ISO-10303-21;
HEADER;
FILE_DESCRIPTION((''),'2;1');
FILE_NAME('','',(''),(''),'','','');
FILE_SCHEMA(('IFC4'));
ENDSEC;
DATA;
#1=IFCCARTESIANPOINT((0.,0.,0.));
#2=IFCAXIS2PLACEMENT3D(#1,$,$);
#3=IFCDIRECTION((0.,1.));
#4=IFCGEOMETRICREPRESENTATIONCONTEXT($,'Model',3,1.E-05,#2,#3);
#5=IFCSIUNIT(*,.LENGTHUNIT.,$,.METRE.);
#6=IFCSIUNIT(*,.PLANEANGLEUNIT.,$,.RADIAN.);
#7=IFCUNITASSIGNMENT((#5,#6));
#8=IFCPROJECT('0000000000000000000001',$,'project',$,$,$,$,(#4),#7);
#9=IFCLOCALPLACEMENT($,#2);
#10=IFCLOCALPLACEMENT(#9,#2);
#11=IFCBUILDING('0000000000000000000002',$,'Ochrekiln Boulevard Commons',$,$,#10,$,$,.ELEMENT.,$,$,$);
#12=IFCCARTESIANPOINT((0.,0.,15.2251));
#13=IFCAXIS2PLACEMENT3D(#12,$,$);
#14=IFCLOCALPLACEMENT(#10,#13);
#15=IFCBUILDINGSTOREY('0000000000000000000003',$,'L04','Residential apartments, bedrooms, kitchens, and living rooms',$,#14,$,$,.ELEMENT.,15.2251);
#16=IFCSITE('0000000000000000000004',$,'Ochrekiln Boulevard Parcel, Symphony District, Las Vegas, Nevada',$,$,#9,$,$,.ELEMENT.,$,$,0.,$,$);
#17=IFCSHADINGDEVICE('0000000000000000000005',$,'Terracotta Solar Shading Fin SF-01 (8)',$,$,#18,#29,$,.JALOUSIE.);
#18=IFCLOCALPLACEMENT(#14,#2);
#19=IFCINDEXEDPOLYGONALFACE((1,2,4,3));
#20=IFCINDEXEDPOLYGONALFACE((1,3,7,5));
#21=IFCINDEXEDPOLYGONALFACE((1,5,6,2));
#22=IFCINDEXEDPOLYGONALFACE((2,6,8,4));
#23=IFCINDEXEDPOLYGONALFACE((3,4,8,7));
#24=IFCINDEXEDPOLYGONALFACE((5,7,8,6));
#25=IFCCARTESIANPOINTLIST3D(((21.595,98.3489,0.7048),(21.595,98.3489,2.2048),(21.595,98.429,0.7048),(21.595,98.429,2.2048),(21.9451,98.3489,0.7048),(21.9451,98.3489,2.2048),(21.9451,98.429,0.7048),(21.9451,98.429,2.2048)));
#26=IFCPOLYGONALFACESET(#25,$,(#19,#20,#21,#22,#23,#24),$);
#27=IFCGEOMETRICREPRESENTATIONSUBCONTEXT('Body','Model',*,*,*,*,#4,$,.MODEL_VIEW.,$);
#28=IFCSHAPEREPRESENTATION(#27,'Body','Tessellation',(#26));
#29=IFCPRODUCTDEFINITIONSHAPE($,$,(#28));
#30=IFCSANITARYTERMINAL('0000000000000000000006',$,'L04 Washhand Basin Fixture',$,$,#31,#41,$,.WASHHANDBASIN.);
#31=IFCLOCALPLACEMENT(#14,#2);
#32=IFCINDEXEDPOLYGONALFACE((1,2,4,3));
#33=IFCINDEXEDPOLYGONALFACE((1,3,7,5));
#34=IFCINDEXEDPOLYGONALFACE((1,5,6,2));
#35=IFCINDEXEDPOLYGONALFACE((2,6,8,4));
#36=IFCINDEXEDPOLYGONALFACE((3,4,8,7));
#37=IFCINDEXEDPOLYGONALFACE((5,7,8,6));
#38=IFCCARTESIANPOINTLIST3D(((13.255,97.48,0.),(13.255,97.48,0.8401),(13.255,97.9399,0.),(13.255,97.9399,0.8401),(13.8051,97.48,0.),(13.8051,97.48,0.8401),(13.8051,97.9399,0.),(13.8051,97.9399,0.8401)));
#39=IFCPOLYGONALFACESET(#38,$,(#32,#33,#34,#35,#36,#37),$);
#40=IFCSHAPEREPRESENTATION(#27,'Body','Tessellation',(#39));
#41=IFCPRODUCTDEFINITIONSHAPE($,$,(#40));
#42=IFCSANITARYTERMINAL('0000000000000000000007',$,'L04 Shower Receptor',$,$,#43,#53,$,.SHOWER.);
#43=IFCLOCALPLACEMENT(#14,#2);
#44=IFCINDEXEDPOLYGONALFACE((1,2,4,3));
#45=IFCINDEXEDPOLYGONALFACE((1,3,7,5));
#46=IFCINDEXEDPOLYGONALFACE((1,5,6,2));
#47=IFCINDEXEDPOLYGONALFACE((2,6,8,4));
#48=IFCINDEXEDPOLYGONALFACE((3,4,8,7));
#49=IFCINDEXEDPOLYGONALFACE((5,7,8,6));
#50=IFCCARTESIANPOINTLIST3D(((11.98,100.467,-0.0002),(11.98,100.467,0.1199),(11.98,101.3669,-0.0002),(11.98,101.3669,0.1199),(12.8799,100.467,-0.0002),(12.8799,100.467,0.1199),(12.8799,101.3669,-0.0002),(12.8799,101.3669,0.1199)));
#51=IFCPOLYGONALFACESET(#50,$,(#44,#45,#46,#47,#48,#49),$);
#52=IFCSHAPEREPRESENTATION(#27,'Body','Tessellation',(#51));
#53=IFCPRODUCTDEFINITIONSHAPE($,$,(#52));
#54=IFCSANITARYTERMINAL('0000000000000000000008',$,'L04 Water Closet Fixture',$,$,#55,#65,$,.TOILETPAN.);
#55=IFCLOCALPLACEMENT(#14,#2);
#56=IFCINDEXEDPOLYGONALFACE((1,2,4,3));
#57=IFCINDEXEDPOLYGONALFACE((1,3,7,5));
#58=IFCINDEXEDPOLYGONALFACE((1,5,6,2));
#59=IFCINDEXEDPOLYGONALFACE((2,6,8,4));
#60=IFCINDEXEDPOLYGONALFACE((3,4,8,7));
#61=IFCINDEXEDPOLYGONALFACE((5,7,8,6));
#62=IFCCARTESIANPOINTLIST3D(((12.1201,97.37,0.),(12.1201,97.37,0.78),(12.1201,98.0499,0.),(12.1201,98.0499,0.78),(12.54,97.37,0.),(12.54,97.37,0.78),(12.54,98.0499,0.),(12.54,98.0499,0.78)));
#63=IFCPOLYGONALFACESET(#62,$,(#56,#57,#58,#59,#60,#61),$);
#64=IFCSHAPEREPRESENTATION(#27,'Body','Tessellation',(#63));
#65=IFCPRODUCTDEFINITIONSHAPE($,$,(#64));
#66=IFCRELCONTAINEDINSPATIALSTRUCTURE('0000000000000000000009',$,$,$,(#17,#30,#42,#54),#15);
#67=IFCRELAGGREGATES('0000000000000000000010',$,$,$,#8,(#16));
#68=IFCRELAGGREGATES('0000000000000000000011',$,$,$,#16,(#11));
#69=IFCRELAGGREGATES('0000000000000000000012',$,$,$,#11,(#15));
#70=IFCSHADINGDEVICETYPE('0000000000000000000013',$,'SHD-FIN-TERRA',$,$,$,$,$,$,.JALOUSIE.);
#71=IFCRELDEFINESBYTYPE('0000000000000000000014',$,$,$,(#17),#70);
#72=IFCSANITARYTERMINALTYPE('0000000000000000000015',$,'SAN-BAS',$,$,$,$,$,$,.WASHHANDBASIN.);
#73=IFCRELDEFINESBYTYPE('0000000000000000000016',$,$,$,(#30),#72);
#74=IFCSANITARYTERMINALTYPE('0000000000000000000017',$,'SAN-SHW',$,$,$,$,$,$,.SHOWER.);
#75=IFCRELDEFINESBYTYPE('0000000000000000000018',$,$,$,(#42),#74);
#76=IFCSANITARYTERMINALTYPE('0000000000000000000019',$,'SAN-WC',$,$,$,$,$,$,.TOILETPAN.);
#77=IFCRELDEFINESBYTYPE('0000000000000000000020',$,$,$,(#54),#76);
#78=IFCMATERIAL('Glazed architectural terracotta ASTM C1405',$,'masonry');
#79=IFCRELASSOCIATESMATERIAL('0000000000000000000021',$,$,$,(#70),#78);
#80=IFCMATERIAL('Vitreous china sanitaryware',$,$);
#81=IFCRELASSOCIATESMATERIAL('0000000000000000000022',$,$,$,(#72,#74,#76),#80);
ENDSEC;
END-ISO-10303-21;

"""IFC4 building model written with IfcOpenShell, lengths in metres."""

from ifc_helpers import new_model, si_unit, direction, frame, origin, origin_2d, place, context, subcontext, project, spatial, rectangle, extrude, material, type_object, element, save


model = new_model("IFC4")

# Units and contexts
model_context = context("Model", 3, precision=1e-05, world=origin(), true_north=direction((0.0, 1.0)))
body_context = subcontext(model_context, "Body", "Model", "MODEL_VIEW")
ifc_project = project(units=[si_unit("LENGTHUNIT", "METRE"), si_unit("PLANEANGLEUNIT", "RADIAN")], contexts=[model_context])

# Site, building, storey
site_placement = place(None, origin())
site = spatial("IfcSite", under=ifc_project, at=site_placement, Name="Ochrekiln Boulevard Parcel, Symphony District, Las Vegas, Nevada", CompositionType="ELEMENT", RefElevation=0.0)
building_placement = place(site_placement, origin())
building = spatial("IfcBuilding", under=site, at=building_placement, Name="Ochrekiln Boulevard Commons", CompositionType="ELEMENT")
storey_placement = place(building_placement, frame((0.0, 0.0, 15.2251)))
storey = spatial("IfcBuildingStorey", under=building, at=storey_placement, Name="L04", Description="Residential apartments, bedrooms, kitchens, and living rooms", CompositionType="ELEMENT", Elevation=15.2251)

# Shared definitions
ifc_material_1 = material(Name="Glazed architectural terracotta ASTM C1405", Category="masonry")

# Shading device
shading_device_type = type_object("IfcShadingDeviceType", Name="SHD-FIN-TERRA", PredefinedType="JALOUSIE", material=ifc_material_1)
shading_device_placement = place(storey_placement, frame((21.77, 98.3889, 0.7048), z_axis=(0.0, 0.0, 1.0), x_axis=(1.0, 0.0, 0.0)))
element("IfcShadingDevice", 1, at=shading_device_placement, inside=storey, type_object=shading_device_type, Name="Terracotta Solar Shading Fin SF-01 (8)", PredefinedType="JALOUSIE", context=body_context, shape_type="SweptSolid", body=[
    extrude(rectangle(XDim=0.3501, YDim=0.0801, at=origin_2d()), origin(), (0.0, 0.0, 1.0), 1.5),
])

# Sanitary terminals
ifc_material_2 = material(Name="Vitreous china sanitaryware")
sanitary_terminal_type_1 = type_object("IfcSanitaryTerminalType", Name="SAN-BAS", PredefinedType="WASHHANDBASIN", material=ifc_material_2)
sanitary_terminal_1_placement = place(storey_placement, frame((13.53, 97.71, 0.0), z_axis=(0.0, 0.0, 1.0), x_axis=(1.0, 0.0, 0.0)))
element("IfcSanitaryTerminal", 2, at=sanitary_terminal_1_placement, inside=storey, type_object=sanitary_terminal_type_1, Name="L04 Washhand Basin Fixture", PredefinedType="WASHHANDBASIN", context=body_context, shape_type="SweptSolid", body=[
    extrude(rectangle(XDim=0.55, YDim=0.46, at=origin_2d()), origin(), (0.0, 0.0, 1.0), 0.8401),
])
sanitary_terminal_type_2 = type_object("IfcSanitaryTerminalType", Name="SAN-SHW", PredefinedType="SHOWER", material=ifc_material_2)
sanitary_terminal_2_placement = place(storey_placement, frame((12.4299, 100.917, -0.0002), z_axis=(0.0, 0.0, 1.0), x_axis=(1.0, 0.0, 0.0)))
element("IfcSanitaryTerminal", 3, at=sanitary_terminal_2_placement, inside=storey, type_object=sanitary_terminal_type_2, Name="L04 Shower Receptor", PredefinedType="SHOWER", context=body_context, shape_type="SweptSolid", body=[
    extrude(rectangle(XDim=0.8999, YDim=0.8999, at=origin_2d()), origin(), (0.0, 0.0, 1.0), 0.1201),
])
sanitary_terminal_type_3 = type_object("IfcSanitaryTerminalType", Name="SAN-WC", PredefinedType="TOILETPAN", material=ifc_material_2)
sanitary_terminal_3_placement = place(storey_placement, frame((12.3301, 97.71, 0.0), z_axis=(0.0, 0.0, 1.0), x_axis=(1.0, 0.0, 0.0)))
element("IfcSanitaryTerminal", 4, at=sanitary_terminal_3_placement, inside=storey, type_object=sanitary_terminal_type_3, Name="L04 Water Closet Fixture", PredefinedType="TOILETPAN", context=body_context, shape_type="SweptSolid", body=[
    extrude(rectangle(XDim=0.4199, YDim=0.6799, at=origin_2d()), origin(), (0.0, 0.0, 1.0), 0.78),
])

save(model, "model.ifc")
